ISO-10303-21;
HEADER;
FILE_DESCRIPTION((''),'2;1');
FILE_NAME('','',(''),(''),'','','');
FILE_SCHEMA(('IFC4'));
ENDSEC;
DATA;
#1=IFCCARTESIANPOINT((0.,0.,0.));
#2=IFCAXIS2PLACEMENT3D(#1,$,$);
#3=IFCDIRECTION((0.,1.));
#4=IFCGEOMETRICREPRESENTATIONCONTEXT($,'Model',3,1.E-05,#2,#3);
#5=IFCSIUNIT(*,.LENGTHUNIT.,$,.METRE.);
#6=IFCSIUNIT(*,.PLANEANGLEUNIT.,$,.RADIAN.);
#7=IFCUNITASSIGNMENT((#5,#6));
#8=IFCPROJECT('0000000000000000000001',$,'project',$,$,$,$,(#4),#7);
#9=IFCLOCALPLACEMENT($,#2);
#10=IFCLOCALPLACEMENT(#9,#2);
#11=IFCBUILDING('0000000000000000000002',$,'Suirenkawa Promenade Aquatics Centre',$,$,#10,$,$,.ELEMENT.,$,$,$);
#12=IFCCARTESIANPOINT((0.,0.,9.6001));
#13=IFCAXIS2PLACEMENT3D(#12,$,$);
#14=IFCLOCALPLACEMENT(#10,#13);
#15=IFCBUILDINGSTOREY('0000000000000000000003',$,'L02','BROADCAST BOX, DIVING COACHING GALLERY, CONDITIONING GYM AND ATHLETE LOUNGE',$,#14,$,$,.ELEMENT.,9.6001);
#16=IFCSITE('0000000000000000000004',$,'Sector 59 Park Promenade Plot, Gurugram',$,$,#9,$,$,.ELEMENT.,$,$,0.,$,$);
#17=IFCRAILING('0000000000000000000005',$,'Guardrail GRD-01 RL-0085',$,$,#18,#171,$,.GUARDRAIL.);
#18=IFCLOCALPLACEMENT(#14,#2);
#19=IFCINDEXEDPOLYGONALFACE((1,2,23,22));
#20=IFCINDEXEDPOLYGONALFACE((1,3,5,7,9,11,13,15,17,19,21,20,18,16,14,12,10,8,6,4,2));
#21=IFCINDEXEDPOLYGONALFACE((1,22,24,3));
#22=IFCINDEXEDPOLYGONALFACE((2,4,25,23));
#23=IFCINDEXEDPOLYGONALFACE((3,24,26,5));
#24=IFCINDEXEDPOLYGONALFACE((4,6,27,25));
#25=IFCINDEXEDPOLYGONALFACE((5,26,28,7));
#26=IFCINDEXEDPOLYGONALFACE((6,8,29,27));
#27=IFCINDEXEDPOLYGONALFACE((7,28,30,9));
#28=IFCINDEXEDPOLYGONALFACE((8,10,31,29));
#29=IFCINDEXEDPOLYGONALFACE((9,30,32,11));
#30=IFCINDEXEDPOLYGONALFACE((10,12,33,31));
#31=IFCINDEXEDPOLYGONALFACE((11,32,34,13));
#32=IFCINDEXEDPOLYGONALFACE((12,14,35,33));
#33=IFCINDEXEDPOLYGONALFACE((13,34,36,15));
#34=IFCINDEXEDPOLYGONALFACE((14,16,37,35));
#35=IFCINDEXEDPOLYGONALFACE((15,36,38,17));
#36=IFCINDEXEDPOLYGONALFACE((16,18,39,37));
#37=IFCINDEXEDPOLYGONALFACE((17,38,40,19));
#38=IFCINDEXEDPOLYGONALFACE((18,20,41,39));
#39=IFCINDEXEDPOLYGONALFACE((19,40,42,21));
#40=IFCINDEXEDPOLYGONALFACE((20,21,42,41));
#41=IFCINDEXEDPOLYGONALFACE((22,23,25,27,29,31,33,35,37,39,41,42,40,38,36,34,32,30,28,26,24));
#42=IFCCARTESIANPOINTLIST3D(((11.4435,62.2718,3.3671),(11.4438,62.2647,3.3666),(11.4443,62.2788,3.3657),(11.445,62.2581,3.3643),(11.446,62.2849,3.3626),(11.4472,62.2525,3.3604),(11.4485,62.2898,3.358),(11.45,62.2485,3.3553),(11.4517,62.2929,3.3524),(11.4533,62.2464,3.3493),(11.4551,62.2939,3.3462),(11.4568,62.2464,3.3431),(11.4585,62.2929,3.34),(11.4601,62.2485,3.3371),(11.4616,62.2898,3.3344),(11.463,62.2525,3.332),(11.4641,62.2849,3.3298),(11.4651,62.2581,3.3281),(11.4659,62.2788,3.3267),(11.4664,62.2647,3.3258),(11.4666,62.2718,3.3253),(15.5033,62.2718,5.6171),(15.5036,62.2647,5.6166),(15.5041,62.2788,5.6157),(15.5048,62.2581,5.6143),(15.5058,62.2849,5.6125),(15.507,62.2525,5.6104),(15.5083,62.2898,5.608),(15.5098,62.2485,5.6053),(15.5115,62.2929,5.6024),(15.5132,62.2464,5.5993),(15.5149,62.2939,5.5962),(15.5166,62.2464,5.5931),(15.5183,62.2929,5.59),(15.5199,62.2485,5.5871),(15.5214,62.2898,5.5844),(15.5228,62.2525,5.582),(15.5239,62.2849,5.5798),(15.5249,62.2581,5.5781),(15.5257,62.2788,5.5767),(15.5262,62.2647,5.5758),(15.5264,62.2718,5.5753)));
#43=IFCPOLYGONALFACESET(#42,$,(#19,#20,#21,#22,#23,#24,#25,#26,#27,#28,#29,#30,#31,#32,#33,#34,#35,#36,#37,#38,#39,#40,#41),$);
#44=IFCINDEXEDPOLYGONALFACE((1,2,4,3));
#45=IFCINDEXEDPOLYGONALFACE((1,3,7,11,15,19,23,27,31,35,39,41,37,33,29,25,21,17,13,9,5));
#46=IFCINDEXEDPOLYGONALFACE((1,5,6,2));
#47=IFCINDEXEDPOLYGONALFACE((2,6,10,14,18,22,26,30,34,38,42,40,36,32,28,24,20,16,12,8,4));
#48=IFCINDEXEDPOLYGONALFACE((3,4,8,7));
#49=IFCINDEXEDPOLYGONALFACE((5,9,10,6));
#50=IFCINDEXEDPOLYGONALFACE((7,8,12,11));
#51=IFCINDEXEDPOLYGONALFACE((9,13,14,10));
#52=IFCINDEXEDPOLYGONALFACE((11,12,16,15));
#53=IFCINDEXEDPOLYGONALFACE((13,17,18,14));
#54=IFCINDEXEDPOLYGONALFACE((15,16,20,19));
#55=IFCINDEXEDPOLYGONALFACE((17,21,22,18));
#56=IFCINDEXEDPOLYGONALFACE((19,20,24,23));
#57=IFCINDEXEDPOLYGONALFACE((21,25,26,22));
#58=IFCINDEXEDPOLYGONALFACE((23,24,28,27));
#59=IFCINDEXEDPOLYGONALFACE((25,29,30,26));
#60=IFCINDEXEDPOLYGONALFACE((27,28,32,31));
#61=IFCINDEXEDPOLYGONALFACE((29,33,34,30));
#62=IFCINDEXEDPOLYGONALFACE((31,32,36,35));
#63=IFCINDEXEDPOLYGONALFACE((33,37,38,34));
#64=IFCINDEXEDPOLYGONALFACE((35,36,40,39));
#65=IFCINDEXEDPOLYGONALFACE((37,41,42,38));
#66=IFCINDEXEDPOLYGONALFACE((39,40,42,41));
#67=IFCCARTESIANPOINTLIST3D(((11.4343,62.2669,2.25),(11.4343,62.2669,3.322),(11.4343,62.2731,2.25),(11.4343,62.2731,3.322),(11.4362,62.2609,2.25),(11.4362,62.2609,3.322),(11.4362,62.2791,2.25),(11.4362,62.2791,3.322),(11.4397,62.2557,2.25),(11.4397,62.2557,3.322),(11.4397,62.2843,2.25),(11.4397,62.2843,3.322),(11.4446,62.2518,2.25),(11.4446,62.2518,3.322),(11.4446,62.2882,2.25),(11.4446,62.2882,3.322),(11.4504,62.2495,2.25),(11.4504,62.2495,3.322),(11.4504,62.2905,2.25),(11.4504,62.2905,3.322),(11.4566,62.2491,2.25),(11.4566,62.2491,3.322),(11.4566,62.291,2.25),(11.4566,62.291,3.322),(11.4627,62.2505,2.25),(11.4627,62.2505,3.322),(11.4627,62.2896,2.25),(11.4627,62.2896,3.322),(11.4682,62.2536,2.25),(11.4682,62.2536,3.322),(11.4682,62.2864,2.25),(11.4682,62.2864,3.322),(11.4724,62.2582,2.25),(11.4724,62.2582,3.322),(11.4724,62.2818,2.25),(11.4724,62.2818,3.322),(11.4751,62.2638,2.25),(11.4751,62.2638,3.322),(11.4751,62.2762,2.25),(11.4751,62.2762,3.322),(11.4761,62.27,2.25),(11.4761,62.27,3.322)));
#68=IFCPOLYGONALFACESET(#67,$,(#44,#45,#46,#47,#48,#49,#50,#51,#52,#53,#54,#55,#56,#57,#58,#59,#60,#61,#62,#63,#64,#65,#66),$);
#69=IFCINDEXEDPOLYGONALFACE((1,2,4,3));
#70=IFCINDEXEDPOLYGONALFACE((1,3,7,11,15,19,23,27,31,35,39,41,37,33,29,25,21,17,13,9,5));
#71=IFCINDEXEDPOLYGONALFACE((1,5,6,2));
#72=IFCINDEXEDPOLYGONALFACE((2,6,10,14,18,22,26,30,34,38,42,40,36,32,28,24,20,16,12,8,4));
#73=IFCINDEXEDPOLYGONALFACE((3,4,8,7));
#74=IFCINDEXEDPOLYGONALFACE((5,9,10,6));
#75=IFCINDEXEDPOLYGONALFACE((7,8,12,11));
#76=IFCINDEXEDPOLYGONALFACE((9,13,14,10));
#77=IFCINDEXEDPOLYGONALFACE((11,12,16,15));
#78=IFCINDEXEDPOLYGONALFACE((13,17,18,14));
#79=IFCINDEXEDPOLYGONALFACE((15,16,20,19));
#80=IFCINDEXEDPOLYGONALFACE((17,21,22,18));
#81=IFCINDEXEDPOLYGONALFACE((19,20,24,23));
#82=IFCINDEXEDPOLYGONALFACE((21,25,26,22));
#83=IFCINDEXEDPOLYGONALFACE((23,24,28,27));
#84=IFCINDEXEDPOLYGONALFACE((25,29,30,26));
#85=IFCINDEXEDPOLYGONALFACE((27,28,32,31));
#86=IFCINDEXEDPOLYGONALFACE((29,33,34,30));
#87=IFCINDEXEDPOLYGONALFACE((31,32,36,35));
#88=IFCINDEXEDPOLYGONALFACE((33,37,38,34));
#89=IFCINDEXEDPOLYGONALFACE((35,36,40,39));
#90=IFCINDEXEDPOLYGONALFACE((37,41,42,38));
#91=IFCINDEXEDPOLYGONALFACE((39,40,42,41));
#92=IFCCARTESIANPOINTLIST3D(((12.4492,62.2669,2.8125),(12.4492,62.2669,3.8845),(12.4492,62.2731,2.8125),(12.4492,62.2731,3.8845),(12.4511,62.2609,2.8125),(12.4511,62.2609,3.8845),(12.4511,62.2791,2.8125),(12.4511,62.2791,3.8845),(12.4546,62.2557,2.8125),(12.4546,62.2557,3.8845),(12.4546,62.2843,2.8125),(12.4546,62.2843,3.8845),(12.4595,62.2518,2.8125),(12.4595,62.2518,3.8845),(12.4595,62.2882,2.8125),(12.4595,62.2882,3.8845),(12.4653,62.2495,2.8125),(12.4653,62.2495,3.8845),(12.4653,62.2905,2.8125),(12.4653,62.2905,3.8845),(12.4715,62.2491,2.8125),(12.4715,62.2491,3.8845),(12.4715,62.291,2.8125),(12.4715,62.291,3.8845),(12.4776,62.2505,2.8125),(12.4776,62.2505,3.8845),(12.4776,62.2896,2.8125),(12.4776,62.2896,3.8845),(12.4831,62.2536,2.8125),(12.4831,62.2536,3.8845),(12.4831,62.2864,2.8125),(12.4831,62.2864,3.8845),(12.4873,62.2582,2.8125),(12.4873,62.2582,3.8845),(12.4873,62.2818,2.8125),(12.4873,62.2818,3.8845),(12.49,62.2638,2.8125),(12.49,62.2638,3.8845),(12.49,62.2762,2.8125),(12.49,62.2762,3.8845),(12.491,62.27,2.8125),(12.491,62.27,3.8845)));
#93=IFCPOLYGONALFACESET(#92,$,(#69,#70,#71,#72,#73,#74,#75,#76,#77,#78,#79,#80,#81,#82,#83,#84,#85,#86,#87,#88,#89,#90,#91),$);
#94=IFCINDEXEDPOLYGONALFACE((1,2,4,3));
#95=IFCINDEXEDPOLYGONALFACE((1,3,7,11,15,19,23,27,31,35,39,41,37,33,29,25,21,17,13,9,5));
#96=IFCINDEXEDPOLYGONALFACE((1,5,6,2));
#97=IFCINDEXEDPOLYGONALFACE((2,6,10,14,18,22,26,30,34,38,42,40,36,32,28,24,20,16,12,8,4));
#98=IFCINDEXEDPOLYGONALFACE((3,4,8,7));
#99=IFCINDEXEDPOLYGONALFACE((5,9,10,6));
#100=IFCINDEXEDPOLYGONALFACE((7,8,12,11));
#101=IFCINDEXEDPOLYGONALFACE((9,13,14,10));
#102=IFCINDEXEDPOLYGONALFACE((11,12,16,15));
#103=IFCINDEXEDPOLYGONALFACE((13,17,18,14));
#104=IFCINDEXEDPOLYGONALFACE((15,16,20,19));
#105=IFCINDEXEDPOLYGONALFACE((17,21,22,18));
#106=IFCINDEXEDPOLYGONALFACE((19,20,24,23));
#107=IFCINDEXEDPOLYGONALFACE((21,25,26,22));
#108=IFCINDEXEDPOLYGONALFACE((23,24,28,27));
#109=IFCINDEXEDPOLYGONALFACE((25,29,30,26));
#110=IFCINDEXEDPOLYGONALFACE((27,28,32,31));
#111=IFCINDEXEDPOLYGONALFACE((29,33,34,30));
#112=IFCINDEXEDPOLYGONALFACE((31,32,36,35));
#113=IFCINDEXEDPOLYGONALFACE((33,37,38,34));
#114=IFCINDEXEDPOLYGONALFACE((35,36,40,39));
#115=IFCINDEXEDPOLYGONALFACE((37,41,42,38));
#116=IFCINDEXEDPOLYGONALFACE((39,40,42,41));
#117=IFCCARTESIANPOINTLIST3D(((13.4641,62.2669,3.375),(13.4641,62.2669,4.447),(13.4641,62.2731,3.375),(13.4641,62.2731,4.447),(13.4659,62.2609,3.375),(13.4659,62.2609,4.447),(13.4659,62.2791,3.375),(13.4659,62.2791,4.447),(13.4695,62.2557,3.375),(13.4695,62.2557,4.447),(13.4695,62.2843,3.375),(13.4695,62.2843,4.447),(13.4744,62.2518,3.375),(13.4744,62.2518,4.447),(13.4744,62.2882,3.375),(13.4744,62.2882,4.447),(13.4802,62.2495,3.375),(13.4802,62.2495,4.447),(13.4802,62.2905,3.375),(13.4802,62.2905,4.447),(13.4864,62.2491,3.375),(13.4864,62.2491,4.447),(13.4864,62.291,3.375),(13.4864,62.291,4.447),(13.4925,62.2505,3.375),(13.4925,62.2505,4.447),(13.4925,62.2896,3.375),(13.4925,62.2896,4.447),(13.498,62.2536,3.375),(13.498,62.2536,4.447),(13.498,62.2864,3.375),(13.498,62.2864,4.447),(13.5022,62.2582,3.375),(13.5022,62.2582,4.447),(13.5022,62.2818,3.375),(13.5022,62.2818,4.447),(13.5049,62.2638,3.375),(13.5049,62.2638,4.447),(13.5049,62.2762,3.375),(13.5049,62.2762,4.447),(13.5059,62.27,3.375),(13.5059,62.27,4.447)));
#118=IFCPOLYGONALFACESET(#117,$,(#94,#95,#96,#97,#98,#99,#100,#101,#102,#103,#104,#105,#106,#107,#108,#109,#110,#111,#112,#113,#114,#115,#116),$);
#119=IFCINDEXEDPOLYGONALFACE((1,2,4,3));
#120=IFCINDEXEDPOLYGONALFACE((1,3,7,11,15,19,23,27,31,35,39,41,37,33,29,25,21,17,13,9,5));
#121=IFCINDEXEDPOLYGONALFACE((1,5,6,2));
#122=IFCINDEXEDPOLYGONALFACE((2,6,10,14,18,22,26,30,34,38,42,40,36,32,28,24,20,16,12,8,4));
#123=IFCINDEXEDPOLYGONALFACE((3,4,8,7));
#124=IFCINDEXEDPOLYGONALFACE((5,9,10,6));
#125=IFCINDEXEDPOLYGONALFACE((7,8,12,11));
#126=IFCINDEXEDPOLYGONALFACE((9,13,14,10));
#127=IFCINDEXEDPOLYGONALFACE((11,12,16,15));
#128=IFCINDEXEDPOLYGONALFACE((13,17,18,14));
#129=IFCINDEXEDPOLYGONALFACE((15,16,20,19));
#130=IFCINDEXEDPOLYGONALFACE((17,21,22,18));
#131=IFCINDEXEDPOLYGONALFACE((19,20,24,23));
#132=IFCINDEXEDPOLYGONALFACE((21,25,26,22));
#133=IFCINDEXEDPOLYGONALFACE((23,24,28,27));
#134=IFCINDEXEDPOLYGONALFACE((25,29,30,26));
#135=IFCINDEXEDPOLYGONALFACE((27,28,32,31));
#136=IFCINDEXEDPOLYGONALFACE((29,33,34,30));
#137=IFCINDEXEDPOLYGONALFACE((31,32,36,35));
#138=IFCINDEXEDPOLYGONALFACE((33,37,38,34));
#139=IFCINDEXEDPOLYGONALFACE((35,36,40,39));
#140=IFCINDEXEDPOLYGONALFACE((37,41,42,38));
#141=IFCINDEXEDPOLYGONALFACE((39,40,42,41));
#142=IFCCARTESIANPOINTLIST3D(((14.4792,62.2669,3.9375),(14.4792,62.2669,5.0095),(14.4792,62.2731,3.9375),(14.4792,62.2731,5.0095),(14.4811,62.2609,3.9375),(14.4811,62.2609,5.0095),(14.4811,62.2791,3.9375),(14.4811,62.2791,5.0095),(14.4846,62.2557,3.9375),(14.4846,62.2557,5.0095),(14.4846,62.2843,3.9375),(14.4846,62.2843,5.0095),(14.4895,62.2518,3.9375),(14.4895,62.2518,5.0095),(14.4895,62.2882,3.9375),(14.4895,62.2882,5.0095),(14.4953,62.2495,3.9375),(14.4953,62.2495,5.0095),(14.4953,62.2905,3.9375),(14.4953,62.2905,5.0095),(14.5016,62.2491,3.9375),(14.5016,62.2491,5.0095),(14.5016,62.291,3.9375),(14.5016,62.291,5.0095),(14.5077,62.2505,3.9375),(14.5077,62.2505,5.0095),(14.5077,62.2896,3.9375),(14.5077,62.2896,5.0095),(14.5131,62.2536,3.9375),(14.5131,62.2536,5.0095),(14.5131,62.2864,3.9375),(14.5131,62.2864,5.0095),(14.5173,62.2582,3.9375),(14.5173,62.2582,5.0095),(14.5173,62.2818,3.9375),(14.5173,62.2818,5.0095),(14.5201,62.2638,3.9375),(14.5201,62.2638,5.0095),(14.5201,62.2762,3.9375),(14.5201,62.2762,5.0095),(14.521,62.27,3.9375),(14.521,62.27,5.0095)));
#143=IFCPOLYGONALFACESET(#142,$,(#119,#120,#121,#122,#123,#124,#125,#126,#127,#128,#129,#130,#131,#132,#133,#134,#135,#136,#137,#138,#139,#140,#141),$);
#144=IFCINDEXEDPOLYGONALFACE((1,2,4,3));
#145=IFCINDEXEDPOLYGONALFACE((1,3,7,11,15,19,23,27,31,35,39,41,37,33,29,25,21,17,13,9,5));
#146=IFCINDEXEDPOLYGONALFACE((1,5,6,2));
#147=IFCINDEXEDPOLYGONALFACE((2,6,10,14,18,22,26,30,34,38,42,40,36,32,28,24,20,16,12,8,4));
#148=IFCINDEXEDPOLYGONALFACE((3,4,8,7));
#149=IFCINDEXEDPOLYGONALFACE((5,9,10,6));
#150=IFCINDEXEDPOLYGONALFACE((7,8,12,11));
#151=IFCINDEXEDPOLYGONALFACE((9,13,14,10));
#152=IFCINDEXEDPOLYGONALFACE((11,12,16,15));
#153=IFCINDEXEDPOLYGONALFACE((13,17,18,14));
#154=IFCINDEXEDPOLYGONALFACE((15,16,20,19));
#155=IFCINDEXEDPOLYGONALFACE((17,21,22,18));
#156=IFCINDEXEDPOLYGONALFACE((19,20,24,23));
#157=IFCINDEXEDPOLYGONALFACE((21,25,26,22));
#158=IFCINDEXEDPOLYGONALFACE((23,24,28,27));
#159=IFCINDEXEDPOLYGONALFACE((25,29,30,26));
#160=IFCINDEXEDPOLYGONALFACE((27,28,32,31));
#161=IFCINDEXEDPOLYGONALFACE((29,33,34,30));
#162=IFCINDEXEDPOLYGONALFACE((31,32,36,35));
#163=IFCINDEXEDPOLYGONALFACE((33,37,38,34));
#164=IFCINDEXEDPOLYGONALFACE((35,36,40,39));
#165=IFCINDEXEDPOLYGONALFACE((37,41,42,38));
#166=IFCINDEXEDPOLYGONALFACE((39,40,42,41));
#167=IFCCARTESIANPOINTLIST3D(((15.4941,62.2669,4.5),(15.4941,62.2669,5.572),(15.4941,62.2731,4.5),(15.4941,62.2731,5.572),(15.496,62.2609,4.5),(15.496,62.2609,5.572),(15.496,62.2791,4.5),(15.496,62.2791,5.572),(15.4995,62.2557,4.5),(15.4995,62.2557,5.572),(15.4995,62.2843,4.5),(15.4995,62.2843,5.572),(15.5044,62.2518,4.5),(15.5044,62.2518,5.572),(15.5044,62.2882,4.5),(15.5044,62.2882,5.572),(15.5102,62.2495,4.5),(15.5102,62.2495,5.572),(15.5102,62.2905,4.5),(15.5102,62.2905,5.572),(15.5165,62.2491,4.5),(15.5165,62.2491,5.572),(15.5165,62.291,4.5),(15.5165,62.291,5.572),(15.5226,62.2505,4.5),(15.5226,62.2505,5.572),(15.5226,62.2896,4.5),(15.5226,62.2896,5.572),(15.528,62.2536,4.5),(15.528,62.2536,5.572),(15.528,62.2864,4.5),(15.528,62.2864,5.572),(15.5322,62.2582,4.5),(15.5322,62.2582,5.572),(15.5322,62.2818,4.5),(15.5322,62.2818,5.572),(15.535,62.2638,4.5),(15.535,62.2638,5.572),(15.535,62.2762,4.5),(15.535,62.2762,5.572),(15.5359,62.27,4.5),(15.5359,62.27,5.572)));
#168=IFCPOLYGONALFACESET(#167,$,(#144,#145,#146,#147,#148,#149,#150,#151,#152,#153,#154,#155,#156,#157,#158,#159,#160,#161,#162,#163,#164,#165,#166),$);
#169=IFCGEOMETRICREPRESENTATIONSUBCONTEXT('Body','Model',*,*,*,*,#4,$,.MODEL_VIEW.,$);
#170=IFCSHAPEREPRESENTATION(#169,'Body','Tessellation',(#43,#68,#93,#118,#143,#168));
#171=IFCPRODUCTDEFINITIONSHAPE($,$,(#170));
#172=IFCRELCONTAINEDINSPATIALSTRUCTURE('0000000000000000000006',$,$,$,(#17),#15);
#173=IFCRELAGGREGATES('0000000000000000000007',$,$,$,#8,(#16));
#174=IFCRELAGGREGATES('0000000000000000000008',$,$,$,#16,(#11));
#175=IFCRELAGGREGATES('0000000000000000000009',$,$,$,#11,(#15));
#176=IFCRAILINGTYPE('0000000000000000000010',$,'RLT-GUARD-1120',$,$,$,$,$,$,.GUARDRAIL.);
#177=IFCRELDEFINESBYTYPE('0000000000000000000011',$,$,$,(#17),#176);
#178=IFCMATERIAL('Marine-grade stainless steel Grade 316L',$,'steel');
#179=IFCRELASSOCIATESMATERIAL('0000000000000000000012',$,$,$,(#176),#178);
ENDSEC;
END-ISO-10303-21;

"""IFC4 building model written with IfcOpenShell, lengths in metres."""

from ifc_helpers import new_model, si_unit, direction, frame, origin, origin_2d, place, context, subcontext, project, spatial, circle, extrude, material, type_object, element, save


model = new_model("IFC4")

# Units and contexts
model_context = context("Model", 3, precision=1e-05, world=origin(), true_north=direction((0.0, 1.0)))
body_context = subcontext(model_context, "Body", "Model", "MODEL_VIEW")
ifc_project = project(units=[si_unit("LENGTHUNIT", "METRE"), si_unit("PLANEANGLEUNIT", "RADIAN")], contexts=[model_context])

# Site, building, storey
site_placement = place(None, origin())
site = spatial("IfcSite", under=ifc_project, at=site_placement, Name="Sector 59 Park Promenade Plot, Gurugram", CompositionType="ELEMENT", RefElevation=0.0)
building_placement = place(site_placement, origin())
building = spatial("IfcBuilding", under=site, at=building_placement, Name="Suirenkawa Promenade Aquatics Centre", CompositionType="ELEMENT")
storey_placement = place(building_placement, frame((0.0, 0.0, 9.6001)))
storey = spatial("IfcBuildingStorey", under=building, at=storey_placement, Name="L02", Description="BROADCAST BOX, DIVING COACHING GALLERY, CONDITIONING GYM AND ATHLETE LOUNGE", CompositionType="ELEMENT", Elevation=9.6001)

# Railing
ifc_material_1 = material(Name="Marine-grade stainless steel Grade 316L", Category="steel")
railing_type_1 = type_object("IfcRailingType", Name="RLT-GUARD-1120", PredefinedType="GUARDRAIL", material=ifc_material_1)
for number, where, name in (
    (1, (11.4551, 62.27, 2.25), "Guardrail GRD-01 RL-0085"),
):
    element("IfcRailing", number, at=place(storey_placement, frame(where)), inside=storey, type_object=railing_type_1, Name=name, PredefinedType="GUARDRAIL", context=body_context, shape_type="SweptSolid", body=[
        extrude(circle(Radius=0.0239, at=origin_2d()), frame((0.0, 0.0, 1.0962), z_axis=(0.874656, 0.0, 0.484745), x_axis=(0.0, 1.0, 0.0)), (0.0, 0.0, 1.0), 4.6416),
        extrude(circle(Radius=0.021, at=origin_2d()), origin(), (0.0, 0.0, 1.0), 1.072),
        extrude(circle(Radius=0.021, at=origin_2d()), frame((1.0149, 0.0, 0.5625)), (0.0, 0.0, 1.0), 1.072),
        extrude(circle(Radius=0.021, at=origin_2d()), frame((2.0298, 0.0, 1.125)), (0.0, 0.0, 1.0), 1.072),
        extrude(circle(Radius=0.021, at=origin_2d()), frame((3.0449, 0.0, 1.6875)), (0.0, 0.0, 1.0), 1.072),
        extrude(circle(Radius=0.021, at=origin_2d()), frame((4.0598, 0.0, 2.25)), (0.0, 0.0, 1.0), 1.072),
    ])

save(model, "model.ifc")
